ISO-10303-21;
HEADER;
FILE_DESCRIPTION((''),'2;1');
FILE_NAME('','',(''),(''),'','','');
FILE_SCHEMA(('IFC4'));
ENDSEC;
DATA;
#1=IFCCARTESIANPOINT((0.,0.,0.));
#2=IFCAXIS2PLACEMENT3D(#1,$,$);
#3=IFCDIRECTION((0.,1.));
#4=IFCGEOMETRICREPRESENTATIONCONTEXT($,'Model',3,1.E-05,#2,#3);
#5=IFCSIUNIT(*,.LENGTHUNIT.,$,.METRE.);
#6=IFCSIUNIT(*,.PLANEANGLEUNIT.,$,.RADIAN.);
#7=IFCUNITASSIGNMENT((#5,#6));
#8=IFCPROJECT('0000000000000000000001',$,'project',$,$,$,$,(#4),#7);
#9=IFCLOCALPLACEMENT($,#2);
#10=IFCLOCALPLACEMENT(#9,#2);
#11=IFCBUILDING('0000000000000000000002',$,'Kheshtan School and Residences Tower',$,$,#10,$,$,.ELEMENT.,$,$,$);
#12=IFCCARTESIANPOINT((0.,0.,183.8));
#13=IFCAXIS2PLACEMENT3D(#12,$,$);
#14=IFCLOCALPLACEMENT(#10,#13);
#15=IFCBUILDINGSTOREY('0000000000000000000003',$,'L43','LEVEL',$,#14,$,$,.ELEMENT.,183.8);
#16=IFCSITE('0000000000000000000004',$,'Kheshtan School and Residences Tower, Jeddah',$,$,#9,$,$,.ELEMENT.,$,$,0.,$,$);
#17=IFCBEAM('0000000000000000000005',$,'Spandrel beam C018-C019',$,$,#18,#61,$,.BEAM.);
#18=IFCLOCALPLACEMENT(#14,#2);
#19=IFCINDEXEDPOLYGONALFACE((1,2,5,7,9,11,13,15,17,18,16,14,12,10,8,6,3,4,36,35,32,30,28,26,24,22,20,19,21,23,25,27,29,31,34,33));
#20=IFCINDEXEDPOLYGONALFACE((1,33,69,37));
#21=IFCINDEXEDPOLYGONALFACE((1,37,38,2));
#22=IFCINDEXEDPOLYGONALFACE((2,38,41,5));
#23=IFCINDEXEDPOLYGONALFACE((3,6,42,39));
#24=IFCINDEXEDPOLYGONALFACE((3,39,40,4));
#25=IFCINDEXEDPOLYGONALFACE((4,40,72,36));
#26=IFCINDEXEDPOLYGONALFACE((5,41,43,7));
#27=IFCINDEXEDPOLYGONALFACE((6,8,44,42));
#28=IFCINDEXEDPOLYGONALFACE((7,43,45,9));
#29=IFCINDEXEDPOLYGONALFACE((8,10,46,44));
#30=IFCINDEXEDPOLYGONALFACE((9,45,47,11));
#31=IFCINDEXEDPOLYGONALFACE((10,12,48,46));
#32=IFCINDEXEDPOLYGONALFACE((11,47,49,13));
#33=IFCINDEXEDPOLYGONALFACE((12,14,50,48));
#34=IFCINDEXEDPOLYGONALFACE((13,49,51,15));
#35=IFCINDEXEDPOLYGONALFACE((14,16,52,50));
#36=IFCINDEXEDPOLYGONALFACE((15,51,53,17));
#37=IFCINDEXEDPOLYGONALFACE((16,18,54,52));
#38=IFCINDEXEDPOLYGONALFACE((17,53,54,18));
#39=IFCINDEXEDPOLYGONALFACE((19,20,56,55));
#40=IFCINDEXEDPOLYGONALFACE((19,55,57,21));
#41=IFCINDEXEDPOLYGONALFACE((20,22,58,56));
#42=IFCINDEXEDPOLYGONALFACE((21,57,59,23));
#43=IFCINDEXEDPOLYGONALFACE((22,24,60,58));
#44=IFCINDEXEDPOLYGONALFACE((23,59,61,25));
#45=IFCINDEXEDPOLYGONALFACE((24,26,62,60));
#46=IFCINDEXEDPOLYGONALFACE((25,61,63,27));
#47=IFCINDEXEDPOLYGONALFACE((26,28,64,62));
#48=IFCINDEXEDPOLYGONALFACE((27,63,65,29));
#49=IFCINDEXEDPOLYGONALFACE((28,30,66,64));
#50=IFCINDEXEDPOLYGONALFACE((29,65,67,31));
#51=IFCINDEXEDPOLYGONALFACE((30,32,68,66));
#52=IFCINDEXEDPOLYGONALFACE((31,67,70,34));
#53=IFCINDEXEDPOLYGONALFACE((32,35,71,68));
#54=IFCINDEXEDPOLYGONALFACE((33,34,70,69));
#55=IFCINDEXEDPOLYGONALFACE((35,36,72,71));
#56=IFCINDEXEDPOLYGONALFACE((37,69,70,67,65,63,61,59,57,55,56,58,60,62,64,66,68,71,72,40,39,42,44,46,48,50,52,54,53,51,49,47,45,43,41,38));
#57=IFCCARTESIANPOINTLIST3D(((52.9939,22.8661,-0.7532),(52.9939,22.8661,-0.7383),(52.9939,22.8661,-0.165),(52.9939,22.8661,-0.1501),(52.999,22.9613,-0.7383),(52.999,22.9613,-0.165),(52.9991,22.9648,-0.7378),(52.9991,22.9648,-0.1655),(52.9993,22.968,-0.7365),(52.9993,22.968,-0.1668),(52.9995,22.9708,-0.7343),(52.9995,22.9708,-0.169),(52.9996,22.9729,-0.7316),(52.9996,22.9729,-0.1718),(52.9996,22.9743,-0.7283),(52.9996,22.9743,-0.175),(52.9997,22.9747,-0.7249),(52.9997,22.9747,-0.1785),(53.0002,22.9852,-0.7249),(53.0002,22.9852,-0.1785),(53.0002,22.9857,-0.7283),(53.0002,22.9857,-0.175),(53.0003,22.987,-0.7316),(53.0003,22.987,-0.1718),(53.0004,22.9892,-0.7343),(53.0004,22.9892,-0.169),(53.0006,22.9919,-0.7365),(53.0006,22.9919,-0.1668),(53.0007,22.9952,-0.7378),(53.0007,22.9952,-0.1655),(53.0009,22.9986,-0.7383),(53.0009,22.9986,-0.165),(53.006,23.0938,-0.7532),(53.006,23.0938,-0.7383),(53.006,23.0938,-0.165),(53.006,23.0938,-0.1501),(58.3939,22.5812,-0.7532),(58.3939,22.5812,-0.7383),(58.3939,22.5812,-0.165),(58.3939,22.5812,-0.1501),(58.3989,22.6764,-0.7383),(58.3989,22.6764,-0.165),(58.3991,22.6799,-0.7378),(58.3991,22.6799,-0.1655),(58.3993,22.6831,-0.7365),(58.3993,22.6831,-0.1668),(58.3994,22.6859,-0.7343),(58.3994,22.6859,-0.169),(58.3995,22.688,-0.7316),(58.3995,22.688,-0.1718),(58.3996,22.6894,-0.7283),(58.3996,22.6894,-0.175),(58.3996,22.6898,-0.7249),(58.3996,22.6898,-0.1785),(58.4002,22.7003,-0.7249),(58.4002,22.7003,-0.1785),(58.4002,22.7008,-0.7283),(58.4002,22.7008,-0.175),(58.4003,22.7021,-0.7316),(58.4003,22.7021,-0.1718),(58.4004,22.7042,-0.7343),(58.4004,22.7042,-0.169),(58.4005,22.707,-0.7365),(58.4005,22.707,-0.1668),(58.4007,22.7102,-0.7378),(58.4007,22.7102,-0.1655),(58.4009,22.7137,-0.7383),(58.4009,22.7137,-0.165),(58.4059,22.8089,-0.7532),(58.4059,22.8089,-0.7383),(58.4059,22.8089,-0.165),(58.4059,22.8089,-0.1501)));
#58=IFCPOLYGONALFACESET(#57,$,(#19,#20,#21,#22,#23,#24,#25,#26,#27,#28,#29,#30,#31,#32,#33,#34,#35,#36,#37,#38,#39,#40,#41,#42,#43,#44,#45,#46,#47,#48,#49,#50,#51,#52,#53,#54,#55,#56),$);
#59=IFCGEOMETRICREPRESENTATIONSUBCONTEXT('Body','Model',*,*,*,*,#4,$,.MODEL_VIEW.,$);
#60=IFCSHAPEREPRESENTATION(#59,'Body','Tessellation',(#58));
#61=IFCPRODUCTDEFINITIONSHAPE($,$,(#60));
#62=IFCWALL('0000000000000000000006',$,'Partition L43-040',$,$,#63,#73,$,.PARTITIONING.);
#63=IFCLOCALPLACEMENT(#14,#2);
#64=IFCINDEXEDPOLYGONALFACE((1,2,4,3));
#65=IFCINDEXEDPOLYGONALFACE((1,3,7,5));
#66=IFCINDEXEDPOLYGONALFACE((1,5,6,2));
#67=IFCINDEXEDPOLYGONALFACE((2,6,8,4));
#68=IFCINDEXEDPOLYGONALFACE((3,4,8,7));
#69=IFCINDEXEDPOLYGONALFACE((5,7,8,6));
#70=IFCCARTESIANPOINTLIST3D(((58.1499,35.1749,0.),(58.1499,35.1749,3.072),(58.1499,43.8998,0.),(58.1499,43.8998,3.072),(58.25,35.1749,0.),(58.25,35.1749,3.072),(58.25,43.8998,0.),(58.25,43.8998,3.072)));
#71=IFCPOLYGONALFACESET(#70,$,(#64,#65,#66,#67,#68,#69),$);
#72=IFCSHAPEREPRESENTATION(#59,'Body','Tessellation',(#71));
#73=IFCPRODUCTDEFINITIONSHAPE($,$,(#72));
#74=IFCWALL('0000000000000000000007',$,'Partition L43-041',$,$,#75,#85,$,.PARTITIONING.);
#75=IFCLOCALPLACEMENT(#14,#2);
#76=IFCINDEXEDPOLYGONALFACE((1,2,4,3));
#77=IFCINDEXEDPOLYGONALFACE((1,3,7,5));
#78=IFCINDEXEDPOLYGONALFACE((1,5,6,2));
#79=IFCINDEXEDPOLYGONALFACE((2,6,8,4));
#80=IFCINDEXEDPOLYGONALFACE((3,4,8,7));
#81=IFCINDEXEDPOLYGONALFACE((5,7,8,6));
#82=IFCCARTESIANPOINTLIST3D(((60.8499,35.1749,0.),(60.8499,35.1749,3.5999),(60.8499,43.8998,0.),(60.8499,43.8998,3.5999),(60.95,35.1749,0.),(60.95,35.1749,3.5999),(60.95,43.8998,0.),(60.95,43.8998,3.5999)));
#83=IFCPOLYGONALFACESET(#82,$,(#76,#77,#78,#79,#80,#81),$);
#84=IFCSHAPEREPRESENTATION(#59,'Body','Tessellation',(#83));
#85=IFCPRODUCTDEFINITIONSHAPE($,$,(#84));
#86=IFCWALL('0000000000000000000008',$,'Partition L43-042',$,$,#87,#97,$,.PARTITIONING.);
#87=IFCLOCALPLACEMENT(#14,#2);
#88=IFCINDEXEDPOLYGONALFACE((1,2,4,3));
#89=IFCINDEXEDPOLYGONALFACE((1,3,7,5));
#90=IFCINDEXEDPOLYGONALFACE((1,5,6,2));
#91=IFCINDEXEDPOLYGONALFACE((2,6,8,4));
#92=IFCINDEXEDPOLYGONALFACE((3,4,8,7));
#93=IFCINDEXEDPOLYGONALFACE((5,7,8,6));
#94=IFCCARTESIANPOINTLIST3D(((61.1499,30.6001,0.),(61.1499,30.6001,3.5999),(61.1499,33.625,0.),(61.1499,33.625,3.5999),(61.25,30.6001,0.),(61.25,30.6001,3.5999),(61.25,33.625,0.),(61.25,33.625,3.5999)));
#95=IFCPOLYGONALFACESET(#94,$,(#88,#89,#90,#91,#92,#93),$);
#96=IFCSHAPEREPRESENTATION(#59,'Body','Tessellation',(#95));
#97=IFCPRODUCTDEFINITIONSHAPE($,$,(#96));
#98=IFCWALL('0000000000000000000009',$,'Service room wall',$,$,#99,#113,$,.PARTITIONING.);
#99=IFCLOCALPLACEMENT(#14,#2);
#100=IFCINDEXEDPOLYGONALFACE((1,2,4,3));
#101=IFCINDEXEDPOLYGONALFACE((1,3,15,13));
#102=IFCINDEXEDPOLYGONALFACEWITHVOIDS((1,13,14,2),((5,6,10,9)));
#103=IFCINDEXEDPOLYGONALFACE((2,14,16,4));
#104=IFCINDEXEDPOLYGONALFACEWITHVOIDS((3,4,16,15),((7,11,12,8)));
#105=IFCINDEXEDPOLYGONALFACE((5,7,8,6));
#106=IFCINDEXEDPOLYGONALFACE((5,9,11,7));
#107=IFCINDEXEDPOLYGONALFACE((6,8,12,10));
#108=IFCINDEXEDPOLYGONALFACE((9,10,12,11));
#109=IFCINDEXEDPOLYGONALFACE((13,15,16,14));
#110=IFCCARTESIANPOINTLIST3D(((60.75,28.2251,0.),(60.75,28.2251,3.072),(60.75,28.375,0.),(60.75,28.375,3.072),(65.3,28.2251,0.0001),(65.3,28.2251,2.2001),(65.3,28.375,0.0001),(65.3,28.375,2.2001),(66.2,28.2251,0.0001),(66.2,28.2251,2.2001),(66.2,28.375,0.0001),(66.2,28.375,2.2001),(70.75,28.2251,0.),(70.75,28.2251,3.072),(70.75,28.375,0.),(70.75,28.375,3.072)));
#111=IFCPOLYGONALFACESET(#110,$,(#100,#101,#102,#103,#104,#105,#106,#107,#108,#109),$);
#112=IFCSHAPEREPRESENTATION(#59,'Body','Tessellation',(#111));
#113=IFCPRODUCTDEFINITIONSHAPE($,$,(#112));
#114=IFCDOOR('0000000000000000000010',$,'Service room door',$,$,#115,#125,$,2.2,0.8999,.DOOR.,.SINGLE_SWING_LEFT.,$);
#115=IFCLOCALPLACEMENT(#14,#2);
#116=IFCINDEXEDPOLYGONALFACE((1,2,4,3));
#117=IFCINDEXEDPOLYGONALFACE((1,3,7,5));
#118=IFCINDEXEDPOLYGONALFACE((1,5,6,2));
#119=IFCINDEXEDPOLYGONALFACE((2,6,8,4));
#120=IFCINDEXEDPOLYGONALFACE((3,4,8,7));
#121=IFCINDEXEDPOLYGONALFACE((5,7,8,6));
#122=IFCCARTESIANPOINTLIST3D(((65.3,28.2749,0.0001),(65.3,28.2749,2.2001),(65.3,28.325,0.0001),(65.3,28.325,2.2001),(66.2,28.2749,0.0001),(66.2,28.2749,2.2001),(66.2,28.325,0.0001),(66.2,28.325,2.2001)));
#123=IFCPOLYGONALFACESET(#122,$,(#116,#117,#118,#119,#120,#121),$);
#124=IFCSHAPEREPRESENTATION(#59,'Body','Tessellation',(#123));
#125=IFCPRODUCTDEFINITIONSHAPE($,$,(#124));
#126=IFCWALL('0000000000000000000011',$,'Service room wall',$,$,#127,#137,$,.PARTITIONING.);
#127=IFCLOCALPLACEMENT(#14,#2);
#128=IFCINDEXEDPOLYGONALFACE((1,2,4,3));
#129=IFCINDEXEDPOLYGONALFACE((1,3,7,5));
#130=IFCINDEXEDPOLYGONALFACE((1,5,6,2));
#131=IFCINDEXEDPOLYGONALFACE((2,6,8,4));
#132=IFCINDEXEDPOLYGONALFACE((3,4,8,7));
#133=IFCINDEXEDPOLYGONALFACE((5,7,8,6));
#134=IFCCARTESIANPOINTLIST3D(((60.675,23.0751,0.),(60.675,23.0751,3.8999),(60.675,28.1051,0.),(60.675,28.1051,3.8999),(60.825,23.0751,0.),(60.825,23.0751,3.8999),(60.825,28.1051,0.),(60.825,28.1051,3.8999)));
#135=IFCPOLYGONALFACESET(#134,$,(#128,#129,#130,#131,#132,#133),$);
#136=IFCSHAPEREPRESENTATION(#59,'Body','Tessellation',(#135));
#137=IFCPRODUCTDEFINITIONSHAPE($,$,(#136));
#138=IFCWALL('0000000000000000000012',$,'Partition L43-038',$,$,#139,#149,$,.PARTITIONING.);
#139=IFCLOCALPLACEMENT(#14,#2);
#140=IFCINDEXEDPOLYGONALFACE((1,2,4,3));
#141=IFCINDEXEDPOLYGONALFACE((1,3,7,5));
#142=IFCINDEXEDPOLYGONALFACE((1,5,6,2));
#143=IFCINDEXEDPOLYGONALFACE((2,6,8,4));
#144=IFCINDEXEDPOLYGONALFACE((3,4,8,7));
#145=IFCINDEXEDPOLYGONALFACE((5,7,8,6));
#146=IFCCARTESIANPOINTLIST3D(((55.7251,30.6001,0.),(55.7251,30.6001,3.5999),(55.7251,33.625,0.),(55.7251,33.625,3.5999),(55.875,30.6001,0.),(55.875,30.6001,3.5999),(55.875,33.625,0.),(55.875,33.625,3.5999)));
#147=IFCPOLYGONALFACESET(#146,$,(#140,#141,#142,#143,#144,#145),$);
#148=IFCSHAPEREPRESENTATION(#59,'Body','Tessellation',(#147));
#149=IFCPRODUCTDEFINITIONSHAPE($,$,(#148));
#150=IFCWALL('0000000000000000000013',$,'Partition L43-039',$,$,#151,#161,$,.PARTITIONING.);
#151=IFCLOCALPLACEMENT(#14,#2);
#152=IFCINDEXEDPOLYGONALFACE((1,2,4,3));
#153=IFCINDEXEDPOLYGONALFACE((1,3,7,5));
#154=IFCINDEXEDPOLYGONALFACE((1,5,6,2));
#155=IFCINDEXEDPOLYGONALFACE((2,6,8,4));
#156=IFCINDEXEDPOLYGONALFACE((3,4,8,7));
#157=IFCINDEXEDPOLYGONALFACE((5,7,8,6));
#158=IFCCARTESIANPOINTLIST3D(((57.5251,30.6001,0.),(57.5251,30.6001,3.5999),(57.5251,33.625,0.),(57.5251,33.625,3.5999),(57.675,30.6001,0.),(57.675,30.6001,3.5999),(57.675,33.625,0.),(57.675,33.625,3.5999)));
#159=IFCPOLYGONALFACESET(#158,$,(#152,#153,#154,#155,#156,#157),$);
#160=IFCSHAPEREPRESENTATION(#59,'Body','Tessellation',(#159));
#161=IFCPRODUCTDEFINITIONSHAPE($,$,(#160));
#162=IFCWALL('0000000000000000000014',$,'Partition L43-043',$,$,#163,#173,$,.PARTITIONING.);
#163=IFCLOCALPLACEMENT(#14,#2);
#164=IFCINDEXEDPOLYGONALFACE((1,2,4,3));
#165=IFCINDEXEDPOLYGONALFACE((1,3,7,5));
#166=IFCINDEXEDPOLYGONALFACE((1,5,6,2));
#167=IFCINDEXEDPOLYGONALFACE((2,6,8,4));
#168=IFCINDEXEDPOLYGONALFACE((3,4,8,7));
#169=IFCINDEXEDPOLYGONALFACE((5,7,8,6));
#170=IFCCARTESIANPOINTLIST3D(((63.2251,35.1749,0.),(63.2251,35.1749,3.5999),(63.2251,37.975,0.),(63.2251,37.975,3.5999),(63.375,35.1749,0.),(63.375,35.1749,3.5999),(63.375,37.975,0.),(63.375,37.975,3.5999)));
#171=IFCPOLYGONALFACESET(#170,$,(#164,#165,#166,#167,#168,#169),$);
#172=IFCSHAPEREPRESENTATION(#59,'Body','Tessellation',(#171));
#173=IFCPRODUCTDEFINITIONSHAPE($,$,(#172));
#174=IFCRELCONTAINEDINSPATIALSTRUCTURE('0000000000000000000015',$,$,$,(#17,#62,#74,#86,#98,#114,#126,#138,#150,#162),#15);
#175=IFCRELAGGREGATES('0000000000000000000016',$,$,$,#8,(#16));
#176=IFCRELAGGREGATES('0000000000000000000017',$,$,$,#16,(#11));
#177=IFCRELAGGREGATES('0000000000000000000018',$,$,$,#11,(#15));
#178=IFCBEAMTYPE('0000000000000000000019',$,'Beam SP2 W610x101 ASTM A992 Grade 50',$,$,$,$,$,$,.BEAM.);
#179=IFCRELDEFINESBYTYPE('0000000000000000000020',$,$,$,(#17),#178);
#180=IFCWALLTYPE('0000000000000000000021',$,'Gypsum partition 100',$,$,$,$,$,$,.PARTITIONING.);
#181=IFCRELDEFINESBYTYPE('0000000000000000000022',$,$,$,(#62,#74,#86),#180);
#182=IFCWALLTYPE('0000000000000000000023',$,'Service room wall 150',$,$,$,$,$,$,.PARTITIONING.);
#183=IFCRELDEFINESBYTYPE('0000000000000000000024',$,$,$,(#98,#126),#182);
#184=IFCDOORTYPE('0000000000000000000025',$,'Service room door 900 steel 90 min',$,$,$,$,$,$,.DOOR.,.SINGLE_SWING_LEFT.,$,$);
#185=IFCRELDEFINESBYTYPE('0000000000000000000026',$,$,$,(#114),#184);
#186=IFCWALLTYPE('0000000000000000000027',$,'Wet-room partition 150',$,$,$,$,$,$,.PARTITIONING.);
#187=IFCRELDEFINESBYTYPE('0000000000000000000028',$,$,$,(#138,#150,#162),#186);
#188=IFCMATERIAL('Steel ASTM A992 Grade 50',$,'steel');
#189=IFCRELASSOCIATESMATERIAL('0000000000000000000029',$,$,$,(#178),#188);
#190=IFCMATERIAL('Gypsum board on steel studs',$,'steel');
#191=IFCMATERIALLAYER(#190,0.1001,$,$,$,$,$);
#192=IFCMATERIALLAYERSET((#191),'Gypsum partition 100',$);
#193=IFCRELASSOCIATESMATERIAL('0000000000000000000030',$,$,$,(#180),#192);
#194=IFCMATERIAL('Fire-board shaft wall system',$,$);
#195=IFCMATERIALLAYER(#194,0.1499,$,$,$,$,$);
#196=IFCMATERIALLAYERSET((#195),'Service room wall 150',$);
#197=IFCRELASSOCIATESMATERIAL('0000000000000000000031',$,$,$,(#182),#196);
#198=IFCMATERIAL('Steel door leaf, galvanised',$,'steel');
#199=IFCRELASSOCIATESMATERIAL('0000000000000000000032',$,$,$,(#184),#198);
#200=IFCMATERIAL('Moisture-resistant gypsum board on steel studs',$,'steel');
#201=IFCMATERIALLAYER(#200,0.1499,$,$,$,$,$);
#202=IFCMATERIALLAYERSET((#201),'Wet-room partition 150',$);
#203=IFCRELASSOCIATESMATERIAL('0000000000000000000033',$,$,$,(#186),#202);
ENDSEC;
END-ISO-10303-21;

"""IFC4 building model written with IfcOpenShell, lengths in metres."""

from ifc_helpers import new_model, si_unit, direction, frame, frame_2d, origin, origin_2d, place, context, subcontext, project, spatial, rectangle, i_section, extrude, source, transform, mapped, material, layer, layer_set, material_profile, profile_set, type_object, element, fill, save


model = new_model("IFC4")

# Units and contexts
model_context = context("Model", 3, precision=1e-05, world=origin(), true_north=direction((0.0, 1.0)))
body_context = subcontext(model_context, "Body", "Model", "MODEL_VIEW")
ifc_project = project(units=[si_unit("LENGTHUNIT", "METRE"), si_unit("PLANEANGLEUNIT", "RADIAN")], contexts=[model_context])

# Site, building, storey
site_placement = place(None, origin())
site = spatial("IfcSite", under=ifc_project, at=site_placement, Name="Kheshtan School and Residences Tower, Jeddah", CompositionType="ELEMENT", RefElevation=0.0)
building_placement = place(site_placement, origin())
building = spatial("IfcBuilding", under=site, at=building_placement, Name="Kheshtan School and Residences Tower", CompositionType="ELEMENT")
storey_placement = place(building_placement, frame((0.0, 0.0, 183.8)))
storey = spatial("IfcBuildingStorey", under=building, at=storey_placement, Name="L43", Description="LEVEL", CompositionType="ELEMENT", Elevation=183.8)

# Shared definitions
ifc_material_1 = material(Name="Steel ASTM A992 Grade 50", Category="steel")

# Beam
ifc_material_profile_1 = material_profile(ifc_material_1, i_section(OverallWidth=0.228, OverallDepth=0.603, WebThickness=0.0105, FlangeThickness=0.0149, FilletRadius=0.0134, at=origin_2d()), Name="W610x101")
ifc_profile_set_1 = profile_set([ifc_material_profile_1], Name="Steel ASTM A992 Grade 50")
beam_type_1 = type_object("IfcBeamType", Name="Beam SP2 W610x101 ASTM A992 Grade 50", PredefinedType="BEAM", material=ifc_profile_set_1)
beam_1_placement = place(storey_placement, frame((58.3999, 22.6951, -0.4517), z_axis=(-0.998611, 0.052689, 0.0), x_axis=(-0.052689, -0.998611, 0.0)))
element("IfcBeam", 1, at=beam_1_placement, inside=storey, type_object=beam_type_1, Name="Spandrel beam C018-C019", PredefinedType="BEAM", context=body_context, shape_type="SweptSolid", body=[
    extrude(i_section(OverallWidth=0.228, OverallDepth=0.603, WebThickness=0.0105, FlangeThickness=0.0149, FilletRadius=0.0134, at=origin_2d()), origin(), (0.0, 0.0, 1.0), 5.4075),
])

# Walls
ifc_material_2 = material(Name="Gypsum board on steel studs", Category="steel")
ifc_layer_1 = layer(ifc_material_2, 0.1001)
ifc_layer_set_1 = layer_set([ifc_layer_1], Name="Gypsum partition 100")
wall_type_1 = type_object("IfcWallType", Name="Gypsum partition 100", PredefinedType="PARTITIONING", material=ifc_layer_set_1)
wall_1_placement = place(storey_placement, frame((58.2, 35.175, 0.0), z_axis=(0.0, 0.0, 1.0), x_axis=(0.0, 1.0, 0.0)))
element("IfcWall", 2, at=wall_1_placement, inside=storey, type_object=wall_type_1, Name="Partition L43-040", PredefinedType="PARTITIONING", context=body_context, shape_type="SweptSolid", body=[
    extrude(rectangle(XDim=8.7249, YDim=0.1001, at=frame_2d((4.3623, 0.0))), origin(), (0.0, 0.0, 1.0), 3.072),
])
wall_2_placement = place(storey_placement, frame((60.8999, 35.175, 0.0), z_axis=(0.0, 0.0, 1.0), x_axis=(0.0, 1.0, 0.0)))
element("IfcWall", 3, at=wall_2_placement, inside=storey, type_object=wall_type_1, Name="Partition L43-041", PredefinedType="PARTITIONING", context=body_context, shape_type="SweptSolid", body=[
    extrude(rectangle(XDim=8.7249, YDim=0.1001, at=frame_2d((4.3623, 0.0))), origin(), (0.0, 0.0, 1.0), 3.5999),
])
wall_3_placement = place(storey_placement, frame((61.2, 30.6001, 0.0), z_axis=(0.0, 0.0, 1.0), x_axis=(0.0, 1.0, 0.0)))
element("IfcWall", 4, at=wall_3_placement, inside=storey, type_object=wall_type_1, Name="Partition L43-042", PredefinedType="PARTITIONING", context=body_context, shape_type="SweptSolid", body=[
    extrude(rectangle(XDim=3.0249, YDim=0.1001, at=frame_2d((1.5125, 0.0))), origin(), (0.0, 0.0, 1.0), 3.5999),
])

# Wall, opening, door
ifc_material_3 = material(Name="Fire-board shaft wall system")
ifc_layer_2 = layer(ifc_material_3, 0.1499)
ifc_layer_set_2 = layer_set([ifc_layer_2], Name="Service room wall 150")
wall_type_2 = type_object("IfcWallType", Name="Service room wall 150", PredefinedType="PARTITIONING", material=ifc_layer_set_2)
wall_4_placement = place(storey_placement, frame((60.75, 28.3, 0.0), z_axis=(0.0, 0.0, 1.0), x_axis=(1.0, 0.0, 0.0)))
wall_4 = element("IfcWall", 5, at=wall_4_placement, inside=storey, type_object=wall_type_2, Name="Service room wall", PredefinedType="PARTITIONING", context=body_context, shape_type="SweptSolid", body=[
    extrude(rectangle(XDim=10.0, YDim=0.1499, at=frame_2d((5.0, 0.0))), origin(), (0.0, 0.0, 1.0), 3.072),
])
opening_placement = place(wall_4_placement, frame((4.55, 0.0, 0.0)))
opening = element("IfcOpeningElement", 6, at=opening_placement, cuts=wall_4, PredefinedType="OPENING", context=body_context, shape_type="SweptSolid", body=[
    extrude(rectangle(XDim=0.8999, YDim=2.2, at=frame_2d((0.45, 1.1001))), frame((0.0, 0.085, 0.0), z_axis=(0.0, -1.0, 0.0), x_axis=(1.0, 0.0, 0.0)), (0.0, 0.0, 1.0), 0.1699),
])
ifc_material_4 = material(Name="Steel door leaf, galvanised", Category="steel")
door_type = type_object("IfcDoorType", Name="Service room door 900 steel 90 min", OperationType="SINGLE_SWING_LEFT", PredefinedType="DOOR", material=ifc_material_4)
shared_shape = source(origin(), body_context, "Body", "SweptSolid", [
    extrude(rectangle(XDim=0.8999, YDim=2.2, at=frame_2d((0.45, 1.1001))), frame((0.0, 0.0249, 0.0), z_axis=(0.0, -1.0, 0.0), x_axis=(1.0, 0.0, 0.0)), (0.0, 0.0, 1.0), 0.05),
])
door_placement = place(opening_placement, origin())
door = element("IfcDoor", 7, at=door_placement, inside=storey, type_object=door_type, Name="Service room door", OperationType="SINGLE_SWING_LEFT", OverallHeight=2.2, OverallWidth=0.8999, PredefinedType="DOOR", context=body_context, shape_type="MappedRepresentation", body=[
    mapped(shared_shape, transform((0.0, 0.0, 0.0), x_axis=(1.0, 0.0, 0.0), y_axis=(0.0, 1.0, 0.0), z_axis=(0.0, 0.0, 1.0), scale=1.0)),
])
fill(opening, door)

# Walls
wall_5_placement = place(storey_placement, frame((60.75, 23.075, 0.0), z_axis=(0.0, 0.0, 1.0), x_axis=(0.0, 1.0, 0.0)))
element("IfcWall", 8, at=wall_5_placement, inside=storey, type_object=wall_type_2, Name="Service room wall", PredefinedType="PARTITIONING", context=body_context, shape_type="SweptSolid", body=[
    extrude(rectangle(XDim=5.03, YDim=0.1499, at=frame_2d((2.5151, 0.0))), origin(), (0.0, 0.0, 1.0), 3.8999),
])
ifc_material_5 = material(Name="Moisture-resistant gypsum board on steel studs", Category="steel")
ifc_layer_3 = layer(ifc_material_5, 0.1499)
ifc_layer_set_3 = layer_set([ifc_layer_3], Name="Wet-room partition 150")
wall_type_3 = type_object("IfcWallType", Name="Wet-room partition 150", PredefinedType="PARTITIONING", material=ifc_layer_set_3)
for number, where, z_axis, x_axis, name in (
    (9, (55.8, 30.6001, 0.0), (0.0, 0.0, 1.0), (0.0, 1.0, 0.0), "Partition L43-038"),
    (10, (57.6001, 30.6001, 0.0), (0.0, 0.0, 1.0), (0.0, 1.0, 0.0), "Partition L43-039"),
):
    element("IfcWall", number, at=place(storey_placement, frame(where, z_axis=z_axis, x_axis=x_axis)), inside=storey, type_object=wall_type_3, Name=name, PredefinedType="PARTITIONING", context=body_context, shape_type="SweptSolid", body=[
        extrude(rectangle(XDim=3.0249, YDim=0.1499, at=frame_2d((1.5125, 0.0))), origin(), (0.0, 0.0, 1.0), 3.5999),
    ])
wall_6_placement = place(storey_placement, frame((63.3, 35.175, 0.0), z_axis=(0.0, 0.0, 1.0), x_axis=(0.0, 1.0, 0.0)))
element("IfcWall", 11, at=wall_6_placement, inside=storey, type_object=wall_type_3, Name="Partition L43-043", PredefinedType="PARTITIONING", context=body_context, shape_type="SweptSolid", body=[
    extrude(rectangle(XDim=2.8, YDim=0.1499, at=frame_2d((1.3999, 0.0))), origin(), (0.0, 0.0, 1.0), 3.5999),
])

save(model, "model.ifc")
